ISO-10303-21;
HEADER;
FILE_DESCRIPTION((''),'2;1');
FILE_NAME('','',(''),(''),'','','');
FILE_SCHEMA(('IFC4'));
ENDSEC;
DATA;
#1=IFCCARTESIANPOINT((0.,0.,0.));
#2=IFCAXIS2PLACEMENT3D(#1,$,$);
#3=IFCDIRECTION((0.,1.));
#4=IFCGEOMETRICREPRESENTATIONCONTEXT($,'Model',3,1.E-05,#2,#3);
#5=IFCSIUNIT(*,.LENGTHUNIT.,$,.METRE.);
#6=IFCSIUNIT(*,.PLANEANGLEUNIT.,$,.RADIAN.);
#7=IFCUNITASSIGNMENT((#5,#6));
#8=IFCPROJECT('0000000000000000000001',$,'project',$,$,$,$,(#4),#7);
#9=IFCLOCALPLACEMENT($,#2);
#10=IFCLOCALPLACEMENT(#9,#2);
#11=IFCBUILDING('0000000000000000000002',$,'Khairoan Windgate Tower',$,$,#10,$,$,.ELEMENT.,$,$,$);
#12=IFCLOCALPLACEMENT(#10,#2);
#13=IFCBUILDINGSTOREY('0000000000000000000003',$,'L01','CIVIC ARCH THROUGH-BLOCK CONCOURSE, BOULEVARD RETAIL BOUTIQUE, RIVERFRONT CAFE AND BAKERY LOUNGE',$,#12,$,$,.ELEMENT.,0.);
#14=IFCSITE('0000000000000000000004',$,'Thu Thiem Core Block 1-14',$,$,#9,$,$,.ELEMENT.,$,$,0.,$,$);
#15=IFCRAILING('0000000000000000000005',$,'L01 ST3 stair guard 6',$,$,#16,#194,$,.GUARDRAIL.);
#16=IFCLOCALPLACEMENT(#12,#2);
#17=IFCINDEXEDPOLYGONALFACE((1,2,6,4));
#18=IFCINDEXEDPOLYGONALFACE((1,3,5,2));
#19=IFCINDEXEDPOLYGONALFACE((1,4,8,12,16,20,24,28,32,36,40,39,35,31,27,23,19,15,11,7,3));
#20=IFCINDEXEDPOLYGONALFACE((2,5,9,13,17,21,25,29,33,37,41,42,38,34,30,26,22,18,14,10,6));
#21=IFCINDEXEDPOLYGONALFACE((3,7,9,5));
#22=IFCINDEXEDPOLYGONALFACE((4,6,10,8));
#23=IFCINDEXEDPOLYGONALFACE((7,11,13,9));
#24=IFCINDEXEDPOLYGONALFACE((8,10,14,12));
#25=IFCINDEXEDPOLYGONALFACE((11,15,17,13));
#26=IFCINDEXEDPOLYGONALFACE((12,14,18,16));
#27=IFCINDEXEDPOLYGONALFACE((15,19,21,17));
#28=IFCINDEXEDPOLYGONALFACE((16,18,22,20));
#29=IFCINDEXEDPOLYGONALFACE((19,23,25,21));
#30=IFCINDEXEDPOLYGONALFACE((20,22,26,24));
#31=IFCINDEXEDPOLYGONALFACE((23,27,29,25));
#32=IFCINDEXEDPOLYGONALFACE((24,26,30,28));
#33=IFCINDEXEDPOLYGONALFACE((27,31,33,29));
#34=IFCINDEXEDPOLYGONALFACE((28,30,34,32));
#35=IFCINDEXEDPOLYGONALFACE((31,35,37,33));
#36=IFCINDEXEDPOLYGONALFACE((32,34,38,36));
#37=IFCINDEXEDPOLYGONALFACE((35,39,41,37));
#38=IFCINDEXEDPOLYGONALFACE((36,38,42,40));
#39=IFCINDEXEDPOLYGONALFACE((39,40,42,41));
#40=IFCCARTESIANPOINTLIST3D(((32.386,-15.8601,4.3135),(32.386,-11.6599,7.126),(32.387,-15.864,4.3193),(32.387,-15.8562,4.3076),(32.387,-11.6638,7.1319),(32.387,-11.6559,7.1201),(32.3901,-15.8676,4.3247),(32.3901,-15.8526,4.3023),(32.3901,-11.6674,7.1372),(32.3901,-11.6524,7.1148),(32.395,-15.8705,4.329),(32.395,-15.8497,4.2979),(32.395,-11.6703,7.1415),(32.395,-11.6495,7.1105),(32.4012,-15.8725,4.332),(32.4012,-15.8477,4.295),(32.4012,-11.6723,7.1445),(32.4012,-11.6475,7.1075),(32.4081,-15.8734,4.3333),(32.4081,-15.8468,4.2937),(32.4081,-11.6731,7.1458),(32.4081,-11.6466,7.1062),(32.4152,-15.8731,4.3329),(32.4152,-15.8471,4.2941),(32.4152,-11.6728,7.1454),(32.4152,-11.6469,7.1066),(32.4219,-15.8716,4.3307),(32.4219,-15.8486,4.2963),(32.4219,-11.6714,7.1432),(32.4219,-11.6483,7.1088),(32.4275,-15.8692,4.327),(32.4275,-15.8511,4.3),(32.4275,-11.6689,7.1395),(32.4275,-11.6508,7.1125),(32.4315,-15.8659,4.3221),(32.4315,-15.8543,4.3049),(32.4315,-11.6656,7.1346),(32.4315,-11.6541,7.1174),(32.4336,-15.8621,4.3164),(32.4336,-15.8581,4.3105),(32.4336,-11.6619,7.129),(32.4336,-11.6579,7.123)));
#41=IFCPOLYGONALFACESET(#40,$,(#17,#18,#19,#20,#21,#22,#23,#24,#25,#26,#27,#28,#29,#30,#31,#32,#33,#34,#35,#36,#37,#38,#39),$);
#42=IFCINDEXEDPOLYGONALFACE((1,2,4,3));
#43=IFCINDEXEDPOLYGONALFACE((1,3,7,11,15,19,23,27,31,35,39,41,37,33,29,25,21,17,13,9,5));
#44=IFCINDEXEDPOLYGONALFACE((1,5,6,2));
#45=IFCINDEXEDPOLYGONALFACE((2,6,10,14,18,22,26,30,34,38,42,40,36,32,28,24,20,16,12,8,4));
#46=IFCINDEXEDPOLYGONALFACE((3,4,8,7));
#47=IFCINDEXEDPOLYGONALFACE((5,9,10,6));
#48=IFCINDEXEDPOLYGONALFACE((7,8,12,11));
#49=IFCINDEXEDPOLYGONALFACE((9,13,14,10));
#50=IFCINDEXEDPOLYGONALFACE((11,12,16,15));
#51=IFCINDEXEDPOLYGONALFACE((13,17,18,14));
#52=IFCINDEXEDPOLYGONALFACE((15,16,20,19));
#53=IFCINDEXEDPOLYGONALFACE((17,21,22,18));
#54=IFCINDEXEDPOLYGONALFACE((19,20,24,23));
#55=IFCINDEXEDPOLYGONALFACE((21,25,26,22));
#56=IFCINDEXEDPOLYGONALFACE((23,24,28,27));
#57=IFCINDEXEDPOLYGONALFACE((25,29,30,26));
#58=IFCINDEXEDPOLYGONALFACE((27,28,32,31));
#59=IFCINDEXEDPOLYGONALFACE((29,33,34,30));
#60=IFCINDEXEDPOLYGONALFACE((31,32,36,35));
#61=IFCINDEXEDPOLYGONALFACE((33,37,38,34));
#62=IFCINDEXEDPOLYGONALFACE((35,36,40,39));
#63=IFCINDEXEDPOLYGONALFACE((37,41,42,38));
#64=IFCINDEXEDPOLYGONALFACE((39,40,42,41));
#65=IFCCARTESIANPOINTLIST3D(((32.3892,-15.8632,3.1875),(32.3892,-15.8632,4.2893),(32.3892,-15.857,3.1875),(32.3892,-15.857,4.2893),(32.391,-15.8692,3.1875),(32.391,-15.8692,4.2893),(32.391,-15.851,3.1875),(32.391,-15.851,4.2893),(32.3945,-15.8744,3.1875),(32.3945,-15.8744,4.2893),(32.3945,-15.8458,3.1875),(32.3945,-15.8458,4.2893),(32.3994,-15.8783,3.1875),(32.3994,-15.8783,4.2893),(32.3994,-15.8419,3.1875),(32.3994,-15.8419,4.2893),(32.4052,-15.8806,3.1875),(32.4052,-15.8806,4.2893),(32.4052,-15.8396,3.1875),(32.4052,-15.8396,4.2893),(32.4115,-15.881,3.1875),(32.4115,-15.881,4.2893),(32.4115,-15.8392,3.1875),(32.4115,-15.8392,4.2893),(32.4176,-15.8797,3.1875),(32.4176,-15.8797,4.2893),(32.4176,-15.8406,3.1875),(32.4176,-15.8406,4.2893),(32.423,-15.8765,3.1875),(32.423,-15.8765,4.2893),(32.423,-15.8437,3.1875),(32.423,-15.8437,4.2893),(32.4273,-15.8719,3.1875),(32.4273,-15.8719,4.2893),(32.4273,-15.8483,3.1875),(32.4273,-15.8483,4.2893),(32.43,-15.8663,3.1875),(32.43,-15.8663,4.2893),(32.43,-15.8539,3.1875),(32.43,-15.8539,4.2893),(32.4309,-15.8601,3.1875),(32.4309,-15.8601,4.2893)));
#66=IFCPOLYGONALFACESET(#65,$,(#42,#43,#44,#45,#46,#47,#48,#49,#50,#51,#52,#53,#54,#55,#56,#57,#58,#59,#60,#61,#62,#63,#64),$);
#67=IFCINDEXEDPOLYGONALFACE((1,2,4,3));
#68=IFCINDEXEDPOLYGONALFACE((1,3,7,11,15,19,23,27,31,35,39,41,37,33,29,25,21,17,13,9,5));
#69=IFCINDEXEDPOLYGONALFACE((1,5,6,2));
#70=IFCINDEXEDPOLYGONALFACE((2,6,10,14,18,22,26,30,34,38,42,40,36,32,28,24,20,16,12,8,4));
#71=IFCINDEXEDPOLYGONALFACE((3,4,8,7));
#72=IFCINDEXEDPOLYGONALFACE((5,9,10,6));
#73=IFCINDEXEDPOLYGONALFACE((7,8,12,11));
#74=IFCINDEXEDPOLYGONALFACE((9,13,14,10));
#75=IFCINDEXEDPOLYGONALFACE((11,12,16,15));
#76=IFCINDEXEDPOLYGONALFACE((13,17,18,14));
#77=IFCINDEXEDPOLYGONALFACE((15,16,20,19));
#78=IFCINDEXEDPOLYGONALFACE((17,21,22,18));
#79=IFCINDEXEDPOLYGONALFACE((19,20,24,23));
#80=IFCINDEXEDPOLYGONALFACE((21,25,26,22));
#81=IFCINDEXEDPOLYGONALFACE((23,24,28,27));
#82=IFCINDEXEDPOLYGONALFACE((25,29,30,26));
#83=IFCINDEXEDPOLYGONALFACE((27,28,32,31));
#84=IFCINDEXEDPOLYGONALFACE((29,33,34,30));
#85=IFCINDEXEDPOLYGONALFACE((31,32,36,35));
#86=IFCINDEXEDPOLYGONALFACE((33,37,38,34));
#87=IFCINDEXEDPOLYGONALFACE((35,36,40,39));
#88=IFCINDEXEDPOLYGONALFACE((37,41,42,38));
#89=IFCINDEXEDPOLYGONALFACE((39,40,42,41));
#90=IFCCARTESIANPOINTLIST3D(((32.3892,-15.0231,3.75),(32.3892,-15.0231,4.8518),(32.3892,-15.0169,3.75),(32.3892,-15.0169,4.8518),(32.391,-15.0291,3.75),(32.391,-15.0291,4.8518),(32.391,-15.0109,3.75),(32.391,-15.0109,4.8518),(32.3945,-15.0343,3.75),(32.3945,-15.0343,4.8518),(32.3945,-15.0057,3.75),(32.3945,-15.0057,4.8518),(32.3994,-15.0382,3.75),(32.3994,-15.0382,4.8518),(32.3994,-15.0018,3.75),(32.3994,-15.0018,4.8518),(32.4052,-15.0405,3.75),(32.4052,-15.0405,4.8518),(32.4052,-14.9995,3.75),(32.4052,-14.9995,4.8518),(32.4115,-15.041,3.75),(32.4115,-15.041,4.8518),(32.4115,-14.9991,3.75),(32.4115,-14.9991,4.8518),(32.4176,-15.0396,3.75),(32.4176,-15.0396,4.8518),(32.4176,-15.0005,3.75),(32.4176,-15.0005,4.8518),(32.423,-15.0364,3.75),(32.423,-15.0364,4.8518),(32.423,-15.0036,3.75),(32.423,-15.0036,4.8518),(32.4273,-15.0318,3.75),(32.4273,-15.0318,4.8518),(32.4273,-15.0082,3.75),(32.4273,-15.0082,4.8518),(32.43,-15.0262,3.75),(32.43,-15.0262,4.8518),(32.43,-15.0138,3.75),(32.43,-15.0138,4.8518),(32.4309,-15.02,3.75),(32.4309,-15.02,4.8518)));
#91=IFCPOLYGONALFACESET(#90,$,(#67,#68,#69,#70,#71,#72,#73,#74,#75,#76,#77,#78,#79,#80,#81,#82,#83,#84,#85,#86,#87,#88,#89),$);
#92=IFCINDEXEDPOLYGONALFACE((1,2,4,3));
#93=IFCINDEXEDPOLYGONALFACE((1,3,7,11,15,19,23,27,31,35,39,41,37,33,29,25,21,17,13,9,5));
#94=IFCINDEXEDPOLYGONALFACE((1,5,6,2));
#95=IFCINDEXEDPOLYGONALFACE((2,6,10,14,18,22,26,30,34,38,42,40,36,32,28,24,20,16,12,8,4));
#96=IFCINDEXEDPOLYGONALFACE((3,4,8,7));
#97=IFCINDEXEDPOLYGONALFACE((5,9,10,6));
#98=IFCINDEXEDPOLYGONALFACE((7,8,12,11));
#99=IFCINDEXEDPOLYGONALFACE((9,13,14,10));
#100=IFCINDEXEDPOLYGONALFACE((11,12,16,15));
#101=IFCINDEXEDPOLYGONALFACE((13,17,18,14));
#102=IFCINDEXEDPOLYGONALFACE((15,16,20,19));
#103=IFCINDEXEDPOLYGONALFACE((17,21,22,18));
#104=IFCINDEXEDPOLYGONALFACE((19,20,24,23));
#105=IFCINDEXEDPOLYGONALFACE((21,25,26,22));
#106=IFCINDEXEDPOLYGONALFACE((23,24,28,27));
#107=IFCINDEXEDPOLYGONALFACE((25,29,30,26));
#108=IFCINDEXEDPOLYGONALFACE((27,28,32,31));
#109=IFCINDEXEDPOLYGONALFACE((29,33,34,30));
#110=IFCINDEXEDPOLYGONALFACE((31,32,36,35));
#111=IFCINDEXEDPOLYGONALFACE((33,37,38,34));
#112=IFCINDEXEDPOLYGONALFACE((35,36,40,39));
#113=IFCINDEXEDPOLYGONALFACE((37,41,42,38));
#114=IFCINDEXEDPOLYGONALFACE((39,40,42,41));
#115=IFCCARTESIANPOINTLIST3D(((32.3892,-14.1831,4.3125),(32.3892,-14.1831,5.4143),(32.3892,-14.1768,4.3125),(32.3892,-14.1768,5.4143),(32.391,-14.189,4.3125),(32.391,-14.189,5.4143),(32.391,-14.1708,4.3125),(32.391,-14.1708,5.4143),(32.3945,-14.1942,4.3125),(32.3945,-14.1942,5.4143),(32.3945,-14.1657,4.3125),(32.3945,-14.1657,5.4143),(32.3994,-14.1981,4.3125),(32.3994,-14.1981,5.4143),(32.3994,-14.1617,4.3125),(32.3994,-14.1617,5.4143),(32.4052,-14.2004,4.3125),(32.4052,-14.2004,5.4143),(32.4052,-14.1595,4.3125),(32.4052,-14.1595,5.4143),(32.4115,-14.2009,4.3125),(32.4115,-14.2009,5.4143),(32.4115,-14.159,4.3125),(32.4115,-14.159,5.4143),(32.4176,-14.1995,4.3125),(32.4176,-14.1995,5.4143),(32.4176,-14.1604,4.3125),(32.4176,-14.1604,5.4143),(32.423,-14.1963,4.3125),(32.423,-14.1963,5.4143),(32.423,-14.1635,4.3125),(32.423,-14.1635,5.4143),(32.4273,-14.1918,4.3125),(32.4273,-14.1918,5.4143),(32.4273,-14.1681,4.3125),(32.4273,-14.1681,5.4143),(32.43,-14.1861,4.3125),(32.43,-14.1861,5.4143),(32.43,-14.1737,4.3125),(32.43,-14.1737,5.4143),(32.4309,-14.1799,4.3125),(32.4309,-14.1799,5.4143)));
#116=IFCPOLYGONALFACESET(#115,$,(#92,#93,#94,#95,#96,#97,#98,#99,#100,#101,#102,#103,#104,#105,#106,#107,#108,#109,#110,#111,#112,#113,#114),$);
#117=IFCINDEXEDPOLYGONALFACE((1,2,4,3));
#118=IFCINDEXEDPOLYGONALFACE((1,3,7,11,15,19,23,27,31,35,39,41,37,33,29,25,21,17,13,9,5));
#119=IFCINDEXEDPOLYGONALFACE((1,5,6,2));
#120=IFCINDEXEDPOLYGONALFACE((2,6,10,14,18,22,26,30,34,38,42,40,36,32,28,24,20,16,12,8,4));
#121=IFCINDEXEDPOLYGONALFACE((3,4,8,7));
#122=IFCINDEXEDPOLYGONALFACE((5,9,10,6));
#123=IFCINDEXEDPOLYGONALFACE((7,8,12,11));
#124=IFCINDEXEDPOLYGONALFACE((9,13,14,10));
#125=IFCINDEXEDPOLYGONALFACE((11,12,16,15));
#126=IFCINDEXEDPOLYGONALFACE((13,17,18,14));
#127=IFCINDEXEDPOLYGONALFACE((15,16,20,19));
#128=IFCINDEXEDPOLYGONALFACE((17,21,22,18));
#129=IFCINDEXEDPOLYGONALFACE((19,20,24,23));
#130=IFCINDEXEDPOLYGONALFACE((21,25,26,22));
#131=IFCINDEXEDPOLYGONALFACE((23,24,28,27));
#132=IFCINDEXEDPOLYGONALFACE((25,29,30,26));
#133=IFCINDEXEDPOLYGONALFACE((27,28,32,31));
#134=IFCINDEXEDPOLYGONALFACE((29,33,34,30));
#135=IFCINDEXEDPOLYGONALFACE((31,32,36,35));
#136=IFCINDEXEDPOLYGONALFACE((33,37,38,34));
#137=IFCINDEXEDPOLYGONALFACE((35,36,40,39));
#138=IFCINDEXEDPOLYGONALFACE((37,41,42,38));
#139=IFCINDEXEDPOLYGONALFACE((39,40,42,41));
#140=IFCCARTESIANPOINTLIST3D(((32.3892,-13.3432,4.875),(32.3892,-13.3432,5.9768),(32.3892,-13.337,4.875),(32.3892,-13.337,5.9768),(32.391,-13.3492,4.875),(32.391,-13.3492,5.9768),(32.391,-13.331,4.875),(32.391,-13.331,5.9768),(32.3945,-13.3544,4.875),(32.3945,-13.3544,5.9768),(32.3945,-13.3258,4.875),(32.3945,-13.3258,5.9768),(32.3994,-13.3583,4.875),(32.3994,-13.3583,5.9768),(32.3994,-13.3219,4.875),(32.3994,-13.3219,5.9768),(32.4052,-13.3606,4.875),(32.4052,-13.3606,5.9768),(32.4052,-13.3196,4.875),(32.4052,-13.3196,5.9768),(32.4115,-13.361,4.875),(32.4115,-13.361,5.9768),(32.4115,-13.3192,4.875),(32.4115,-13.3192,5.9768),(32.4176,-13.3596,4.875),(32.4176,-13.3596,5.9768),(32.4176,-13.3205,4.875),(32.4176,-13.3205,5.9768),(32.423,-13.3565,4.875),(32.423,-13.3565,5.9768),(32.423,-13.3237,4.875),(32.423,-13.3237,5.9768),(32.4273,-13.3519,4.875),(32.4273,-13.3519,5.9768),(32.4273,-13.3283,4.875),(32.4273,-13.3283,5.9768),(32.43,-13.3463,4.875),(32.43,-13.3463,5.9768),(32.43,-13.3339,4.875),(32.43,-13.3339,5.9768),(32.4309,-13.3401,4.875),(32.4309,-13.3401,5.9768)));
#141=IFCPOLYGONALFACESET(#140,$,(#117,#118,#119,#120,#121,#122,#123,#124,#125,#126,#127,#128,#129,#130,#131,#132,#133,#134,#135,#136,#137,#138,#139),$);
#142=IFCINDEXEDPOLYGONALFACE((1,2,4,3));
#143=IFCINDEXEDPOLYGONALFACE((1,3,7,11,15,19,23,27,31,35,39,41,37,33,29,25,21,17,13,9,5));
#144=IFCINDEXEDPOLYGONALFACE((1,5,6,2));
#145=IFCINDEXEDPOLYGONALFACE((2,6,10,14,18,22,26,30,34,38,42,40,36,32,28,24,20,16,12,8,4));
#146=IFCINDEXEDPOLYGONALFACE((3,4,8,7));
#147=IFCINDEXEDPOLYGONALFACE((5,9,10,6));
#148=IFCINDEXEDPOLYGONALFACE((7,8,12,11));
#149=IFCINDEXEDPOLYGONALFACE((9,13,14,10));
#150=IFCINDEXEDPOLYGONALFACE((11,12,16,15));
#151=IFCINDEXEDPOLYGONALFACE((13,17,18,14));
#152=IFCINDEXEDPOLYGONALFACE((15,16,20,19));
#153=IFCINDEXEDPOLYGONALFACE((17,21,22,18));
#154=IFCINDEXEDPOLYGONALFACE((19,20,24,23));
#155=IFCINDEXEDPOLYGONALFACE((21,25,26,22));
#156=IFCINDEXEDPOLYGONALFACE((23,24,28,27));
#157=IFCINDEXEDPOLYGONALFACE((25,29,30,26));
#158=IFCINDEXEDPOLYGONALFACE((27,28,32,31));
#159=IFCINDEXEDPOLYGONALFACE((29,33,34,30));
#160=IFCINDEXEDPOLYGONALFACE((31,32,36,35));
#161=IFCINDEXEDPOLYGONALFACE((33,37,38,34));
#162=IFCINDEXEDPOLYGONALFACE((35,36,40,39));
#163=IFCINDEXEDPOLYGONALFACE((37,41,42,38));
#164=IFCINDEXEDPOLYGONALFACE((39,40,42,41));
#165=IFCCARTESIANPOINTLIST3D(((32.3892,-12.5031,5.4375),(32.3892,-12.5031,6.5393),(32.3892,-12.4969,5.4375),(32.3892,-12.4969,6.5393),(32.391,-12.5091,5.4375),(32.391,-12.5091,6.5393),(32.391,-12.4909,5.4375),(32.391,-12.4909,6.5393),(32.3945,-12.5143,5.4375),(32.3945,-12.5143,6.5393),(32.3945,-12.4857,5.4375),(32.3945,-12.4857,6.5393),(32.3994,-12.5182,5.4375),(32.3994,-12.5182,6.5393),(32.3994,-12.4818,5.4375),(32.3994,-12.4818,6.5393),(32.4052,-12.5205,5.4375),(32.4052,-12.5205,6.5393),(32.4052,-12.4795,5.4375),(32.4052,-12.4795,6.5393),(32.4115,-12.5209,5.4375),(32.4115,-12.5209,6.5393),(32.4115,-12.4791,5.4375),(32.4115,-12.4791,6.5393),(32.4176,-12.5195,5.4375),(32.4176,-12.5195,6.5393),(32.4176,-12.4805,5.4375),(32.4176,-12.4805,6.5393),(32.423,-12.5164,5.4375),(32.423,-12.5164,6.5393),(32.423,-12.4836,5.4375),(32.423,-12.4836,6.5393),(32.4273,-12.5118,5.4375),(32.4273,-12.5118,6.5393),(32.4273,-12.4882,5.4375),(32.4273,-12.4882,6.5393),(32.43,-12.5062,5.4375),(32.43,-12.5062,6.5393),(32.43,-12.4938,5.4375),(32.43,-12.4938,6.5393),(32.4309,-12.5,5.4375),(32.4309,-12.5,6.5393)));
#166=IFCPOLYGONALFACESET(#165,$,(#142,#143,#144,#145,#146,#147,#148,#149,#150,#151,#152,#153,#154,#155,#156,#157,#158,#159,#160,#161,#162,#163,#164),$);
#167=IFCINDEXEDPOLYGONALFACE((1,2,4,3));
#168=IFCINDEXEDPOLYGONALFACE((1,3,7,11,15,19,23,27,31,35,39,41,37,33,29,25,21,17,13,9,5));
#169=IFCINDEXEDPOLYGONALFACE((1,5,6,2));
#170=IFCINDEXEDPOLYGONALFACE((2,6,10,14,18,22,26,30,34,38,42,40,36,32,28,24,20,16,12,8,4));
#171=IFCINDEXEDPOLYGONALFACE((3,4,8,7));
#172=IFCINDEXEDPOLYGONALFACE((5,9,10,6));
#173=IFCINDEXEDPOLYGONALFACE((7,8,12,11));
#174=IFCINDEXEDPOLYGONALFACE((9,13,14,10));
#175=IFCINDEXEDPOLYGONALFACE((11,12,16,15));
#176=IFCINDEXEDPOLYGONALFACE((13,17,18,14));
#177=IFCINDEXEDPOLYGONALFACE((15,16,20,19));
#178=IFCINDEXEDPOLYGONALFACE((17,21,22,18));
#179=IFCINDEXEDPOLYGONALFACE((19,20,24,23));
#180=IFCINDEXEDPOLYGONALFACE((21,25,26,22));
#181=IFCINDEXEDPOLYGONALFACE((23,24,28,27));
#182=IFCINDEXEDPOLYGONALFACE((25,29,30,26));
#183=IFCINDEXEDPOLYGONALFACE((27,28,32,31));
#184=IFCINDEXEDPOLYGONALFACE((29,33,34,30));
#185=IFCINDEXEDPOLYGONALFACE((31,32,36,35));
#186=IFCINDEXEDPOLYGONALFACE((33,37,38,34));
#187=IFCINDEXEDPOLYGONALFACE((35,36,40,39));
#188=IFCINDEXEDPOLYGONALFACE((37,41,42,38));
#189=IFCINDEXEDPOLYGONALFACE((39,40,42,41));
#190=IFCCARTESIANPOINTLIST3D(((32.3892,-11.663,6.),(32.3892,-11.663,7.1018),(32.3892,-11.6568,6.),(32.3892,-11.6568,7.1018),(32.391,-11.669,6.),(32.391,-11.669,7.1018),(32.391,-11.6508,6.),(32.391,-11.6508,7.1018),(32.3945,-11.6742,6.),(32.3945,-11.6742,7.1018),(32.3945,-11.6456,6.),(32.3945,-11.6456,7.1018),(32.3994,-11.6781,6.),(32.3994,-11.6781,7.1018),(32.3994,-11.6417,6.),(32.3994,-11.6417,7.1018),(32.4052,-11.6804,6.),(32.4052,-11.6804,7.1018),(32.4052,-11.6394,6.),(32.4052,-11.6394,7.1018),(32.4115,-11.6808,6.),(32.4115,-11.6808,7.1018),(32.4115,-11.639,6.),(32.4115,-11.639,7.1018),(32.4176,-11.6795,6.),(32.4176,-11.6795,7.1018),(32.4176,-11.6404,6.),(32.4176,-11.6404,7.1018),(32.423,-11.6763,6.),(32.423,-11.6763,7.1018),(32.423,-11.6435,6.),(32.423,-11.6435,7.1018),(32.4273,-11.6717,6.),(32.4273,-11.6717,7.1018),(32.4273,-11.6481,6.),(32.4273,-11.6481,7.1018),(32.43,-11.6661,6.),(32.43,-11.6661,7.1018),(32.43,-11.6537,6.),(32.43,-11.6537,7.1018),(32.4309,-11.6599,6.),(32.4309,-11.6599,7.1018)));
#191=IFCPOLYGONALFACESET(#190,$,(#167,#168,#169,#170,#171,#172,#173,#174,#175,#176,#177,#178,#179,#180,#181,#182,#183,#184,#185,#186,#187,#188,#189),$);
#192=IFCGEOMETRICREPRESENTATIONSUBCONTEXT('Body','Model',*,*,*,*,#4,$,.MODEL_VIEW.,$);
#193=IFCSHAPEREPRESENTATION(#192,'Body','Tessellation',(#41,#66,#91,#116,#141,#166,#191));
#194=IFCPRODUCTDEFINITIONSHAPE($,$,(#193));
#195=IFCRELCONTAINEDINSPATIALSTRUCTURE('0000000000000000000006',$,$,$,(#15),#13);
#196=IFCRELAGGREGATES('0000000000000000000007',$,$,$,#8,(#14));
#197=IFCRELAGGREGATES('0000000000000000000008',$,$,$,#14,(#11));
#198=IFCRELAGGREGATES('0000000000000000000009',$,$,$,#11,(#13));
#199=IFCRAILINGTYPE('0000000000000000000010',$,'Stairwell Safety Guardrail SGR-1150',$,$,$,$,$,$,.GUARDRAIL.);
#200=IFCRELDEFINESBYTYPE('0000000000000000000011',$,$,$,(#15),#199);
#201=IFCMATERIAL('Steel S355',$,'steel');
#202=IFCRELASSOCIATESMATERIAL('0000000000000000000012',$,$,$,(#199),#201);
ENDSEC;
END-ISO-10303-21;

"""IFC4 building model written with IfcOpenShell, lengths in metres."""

from ifc_helpers import new_model, si_unit, direction, frame, origin, origin_2d, place, context, subcontext, project, spatial, circle, extrude, material, type_object, element, save


model = new_model("IFC4")

# Units and contexts
model_context = context("Model", 3, precision=1e-05, world=origin(), true_north=direction((0.0, 1.0)))
body_context = subcontext(model_context, "Body", "Model", "MODEL_VIEW")
ifc_project = project(units=[si_unit("LENGTHUNIT", "METRE"), si_unit("PLANEANGLEUNIT", "RADIAN")], contexts=[model_context])

# Site, building, storey
site_placement = place(None, origin())
site = spatial("IfcSite", under=ifc_project, at=site_placement, Name="Thu Thiem Core Block 1-14", CompositionType="ELEMENT", RefElevation=0.0)
building_placement = place(site_placement, origin())
building = spatial("IfcBuilding", under=site, at=building_placement, Name="Khairoan Windgate Tower", CompositionType="ELEMENT")
storey_placement = place(building_placement, origin())
storey = spatial("IfcBuildingStorey", under=building, at=storey_placement, Name="L01", Description="CIVIC ARCH THROUGH-BLOCK CONCOURSE, BOULEVARD RETAIL BOUTIQUE, RIVERFRONT CAFE AND BAKERY LOUNGE", CompositionType="ELEMENT", Elevation=0.0)

# Railing
ifc_material_1 = material(Name="Steel S355", Category="steel")
railing_type = type_object("IfcRailingType", Name="Stairwell Safety Guardrail SGR-1150", PredefinedType="GUARDRAIL", material=ifc_material_1)
railing_1_placement = place(storey_placement, frame((32.4099, -15.8601, 3.1875)))
element("IfcRailing", 1, at=railing_1_placement, inside=storey, type_object=railing_type, Name="L01 ST3 stair guard 6", PredefinedType="GUARDRAIL", context=body_context, shape_type="SweptSolid", body=[
    extrude(circle(Radius=0.0239, at=origin_2d()), frame((0.0, 0.0, 1.126), z_axis=(0.0, 0.830919, 0.556393), x_axis=(-1.0, 0.0, 0.0)), (0.0, 0.0, 1.0), 5.0549),
    extrude(circle(Radius=0.021, at=origin_2d()), origin(), (0.0, 0.0, 1.0), 1.1018),
    extrude(circle(Radius=0.021, at=origin_2d()), frame((0.0, 0.8401, 0.5625)), (0.0, 0.0, 1.0), 1.1018),
    extrude(circle(Radius=0.021, at=origin_2d()), frame((0.0, 1.6802, 1.125)), (0.0, 0.0, 1.0), 1.1018),
    extrude(circle(Radius=0.021, at=origin_2d()), frame((0.0, 2.52, 1.6875)), (0.0, 0.0, 1.0), 1.1018),
    extrude(circle(Radius=0.021, at=origin_2d()), frame((0.0, 3.3601, 2.25)), (0.0, 0.0, 1.0), 1.1018),
    extrude(circle(Radius=0.021, at=origin_2d()), frame((0.0, 4.2002, 2.8125)), (0.0, 0.0, 1.0), 1.1018),
])

save(model, "model.ifc")
